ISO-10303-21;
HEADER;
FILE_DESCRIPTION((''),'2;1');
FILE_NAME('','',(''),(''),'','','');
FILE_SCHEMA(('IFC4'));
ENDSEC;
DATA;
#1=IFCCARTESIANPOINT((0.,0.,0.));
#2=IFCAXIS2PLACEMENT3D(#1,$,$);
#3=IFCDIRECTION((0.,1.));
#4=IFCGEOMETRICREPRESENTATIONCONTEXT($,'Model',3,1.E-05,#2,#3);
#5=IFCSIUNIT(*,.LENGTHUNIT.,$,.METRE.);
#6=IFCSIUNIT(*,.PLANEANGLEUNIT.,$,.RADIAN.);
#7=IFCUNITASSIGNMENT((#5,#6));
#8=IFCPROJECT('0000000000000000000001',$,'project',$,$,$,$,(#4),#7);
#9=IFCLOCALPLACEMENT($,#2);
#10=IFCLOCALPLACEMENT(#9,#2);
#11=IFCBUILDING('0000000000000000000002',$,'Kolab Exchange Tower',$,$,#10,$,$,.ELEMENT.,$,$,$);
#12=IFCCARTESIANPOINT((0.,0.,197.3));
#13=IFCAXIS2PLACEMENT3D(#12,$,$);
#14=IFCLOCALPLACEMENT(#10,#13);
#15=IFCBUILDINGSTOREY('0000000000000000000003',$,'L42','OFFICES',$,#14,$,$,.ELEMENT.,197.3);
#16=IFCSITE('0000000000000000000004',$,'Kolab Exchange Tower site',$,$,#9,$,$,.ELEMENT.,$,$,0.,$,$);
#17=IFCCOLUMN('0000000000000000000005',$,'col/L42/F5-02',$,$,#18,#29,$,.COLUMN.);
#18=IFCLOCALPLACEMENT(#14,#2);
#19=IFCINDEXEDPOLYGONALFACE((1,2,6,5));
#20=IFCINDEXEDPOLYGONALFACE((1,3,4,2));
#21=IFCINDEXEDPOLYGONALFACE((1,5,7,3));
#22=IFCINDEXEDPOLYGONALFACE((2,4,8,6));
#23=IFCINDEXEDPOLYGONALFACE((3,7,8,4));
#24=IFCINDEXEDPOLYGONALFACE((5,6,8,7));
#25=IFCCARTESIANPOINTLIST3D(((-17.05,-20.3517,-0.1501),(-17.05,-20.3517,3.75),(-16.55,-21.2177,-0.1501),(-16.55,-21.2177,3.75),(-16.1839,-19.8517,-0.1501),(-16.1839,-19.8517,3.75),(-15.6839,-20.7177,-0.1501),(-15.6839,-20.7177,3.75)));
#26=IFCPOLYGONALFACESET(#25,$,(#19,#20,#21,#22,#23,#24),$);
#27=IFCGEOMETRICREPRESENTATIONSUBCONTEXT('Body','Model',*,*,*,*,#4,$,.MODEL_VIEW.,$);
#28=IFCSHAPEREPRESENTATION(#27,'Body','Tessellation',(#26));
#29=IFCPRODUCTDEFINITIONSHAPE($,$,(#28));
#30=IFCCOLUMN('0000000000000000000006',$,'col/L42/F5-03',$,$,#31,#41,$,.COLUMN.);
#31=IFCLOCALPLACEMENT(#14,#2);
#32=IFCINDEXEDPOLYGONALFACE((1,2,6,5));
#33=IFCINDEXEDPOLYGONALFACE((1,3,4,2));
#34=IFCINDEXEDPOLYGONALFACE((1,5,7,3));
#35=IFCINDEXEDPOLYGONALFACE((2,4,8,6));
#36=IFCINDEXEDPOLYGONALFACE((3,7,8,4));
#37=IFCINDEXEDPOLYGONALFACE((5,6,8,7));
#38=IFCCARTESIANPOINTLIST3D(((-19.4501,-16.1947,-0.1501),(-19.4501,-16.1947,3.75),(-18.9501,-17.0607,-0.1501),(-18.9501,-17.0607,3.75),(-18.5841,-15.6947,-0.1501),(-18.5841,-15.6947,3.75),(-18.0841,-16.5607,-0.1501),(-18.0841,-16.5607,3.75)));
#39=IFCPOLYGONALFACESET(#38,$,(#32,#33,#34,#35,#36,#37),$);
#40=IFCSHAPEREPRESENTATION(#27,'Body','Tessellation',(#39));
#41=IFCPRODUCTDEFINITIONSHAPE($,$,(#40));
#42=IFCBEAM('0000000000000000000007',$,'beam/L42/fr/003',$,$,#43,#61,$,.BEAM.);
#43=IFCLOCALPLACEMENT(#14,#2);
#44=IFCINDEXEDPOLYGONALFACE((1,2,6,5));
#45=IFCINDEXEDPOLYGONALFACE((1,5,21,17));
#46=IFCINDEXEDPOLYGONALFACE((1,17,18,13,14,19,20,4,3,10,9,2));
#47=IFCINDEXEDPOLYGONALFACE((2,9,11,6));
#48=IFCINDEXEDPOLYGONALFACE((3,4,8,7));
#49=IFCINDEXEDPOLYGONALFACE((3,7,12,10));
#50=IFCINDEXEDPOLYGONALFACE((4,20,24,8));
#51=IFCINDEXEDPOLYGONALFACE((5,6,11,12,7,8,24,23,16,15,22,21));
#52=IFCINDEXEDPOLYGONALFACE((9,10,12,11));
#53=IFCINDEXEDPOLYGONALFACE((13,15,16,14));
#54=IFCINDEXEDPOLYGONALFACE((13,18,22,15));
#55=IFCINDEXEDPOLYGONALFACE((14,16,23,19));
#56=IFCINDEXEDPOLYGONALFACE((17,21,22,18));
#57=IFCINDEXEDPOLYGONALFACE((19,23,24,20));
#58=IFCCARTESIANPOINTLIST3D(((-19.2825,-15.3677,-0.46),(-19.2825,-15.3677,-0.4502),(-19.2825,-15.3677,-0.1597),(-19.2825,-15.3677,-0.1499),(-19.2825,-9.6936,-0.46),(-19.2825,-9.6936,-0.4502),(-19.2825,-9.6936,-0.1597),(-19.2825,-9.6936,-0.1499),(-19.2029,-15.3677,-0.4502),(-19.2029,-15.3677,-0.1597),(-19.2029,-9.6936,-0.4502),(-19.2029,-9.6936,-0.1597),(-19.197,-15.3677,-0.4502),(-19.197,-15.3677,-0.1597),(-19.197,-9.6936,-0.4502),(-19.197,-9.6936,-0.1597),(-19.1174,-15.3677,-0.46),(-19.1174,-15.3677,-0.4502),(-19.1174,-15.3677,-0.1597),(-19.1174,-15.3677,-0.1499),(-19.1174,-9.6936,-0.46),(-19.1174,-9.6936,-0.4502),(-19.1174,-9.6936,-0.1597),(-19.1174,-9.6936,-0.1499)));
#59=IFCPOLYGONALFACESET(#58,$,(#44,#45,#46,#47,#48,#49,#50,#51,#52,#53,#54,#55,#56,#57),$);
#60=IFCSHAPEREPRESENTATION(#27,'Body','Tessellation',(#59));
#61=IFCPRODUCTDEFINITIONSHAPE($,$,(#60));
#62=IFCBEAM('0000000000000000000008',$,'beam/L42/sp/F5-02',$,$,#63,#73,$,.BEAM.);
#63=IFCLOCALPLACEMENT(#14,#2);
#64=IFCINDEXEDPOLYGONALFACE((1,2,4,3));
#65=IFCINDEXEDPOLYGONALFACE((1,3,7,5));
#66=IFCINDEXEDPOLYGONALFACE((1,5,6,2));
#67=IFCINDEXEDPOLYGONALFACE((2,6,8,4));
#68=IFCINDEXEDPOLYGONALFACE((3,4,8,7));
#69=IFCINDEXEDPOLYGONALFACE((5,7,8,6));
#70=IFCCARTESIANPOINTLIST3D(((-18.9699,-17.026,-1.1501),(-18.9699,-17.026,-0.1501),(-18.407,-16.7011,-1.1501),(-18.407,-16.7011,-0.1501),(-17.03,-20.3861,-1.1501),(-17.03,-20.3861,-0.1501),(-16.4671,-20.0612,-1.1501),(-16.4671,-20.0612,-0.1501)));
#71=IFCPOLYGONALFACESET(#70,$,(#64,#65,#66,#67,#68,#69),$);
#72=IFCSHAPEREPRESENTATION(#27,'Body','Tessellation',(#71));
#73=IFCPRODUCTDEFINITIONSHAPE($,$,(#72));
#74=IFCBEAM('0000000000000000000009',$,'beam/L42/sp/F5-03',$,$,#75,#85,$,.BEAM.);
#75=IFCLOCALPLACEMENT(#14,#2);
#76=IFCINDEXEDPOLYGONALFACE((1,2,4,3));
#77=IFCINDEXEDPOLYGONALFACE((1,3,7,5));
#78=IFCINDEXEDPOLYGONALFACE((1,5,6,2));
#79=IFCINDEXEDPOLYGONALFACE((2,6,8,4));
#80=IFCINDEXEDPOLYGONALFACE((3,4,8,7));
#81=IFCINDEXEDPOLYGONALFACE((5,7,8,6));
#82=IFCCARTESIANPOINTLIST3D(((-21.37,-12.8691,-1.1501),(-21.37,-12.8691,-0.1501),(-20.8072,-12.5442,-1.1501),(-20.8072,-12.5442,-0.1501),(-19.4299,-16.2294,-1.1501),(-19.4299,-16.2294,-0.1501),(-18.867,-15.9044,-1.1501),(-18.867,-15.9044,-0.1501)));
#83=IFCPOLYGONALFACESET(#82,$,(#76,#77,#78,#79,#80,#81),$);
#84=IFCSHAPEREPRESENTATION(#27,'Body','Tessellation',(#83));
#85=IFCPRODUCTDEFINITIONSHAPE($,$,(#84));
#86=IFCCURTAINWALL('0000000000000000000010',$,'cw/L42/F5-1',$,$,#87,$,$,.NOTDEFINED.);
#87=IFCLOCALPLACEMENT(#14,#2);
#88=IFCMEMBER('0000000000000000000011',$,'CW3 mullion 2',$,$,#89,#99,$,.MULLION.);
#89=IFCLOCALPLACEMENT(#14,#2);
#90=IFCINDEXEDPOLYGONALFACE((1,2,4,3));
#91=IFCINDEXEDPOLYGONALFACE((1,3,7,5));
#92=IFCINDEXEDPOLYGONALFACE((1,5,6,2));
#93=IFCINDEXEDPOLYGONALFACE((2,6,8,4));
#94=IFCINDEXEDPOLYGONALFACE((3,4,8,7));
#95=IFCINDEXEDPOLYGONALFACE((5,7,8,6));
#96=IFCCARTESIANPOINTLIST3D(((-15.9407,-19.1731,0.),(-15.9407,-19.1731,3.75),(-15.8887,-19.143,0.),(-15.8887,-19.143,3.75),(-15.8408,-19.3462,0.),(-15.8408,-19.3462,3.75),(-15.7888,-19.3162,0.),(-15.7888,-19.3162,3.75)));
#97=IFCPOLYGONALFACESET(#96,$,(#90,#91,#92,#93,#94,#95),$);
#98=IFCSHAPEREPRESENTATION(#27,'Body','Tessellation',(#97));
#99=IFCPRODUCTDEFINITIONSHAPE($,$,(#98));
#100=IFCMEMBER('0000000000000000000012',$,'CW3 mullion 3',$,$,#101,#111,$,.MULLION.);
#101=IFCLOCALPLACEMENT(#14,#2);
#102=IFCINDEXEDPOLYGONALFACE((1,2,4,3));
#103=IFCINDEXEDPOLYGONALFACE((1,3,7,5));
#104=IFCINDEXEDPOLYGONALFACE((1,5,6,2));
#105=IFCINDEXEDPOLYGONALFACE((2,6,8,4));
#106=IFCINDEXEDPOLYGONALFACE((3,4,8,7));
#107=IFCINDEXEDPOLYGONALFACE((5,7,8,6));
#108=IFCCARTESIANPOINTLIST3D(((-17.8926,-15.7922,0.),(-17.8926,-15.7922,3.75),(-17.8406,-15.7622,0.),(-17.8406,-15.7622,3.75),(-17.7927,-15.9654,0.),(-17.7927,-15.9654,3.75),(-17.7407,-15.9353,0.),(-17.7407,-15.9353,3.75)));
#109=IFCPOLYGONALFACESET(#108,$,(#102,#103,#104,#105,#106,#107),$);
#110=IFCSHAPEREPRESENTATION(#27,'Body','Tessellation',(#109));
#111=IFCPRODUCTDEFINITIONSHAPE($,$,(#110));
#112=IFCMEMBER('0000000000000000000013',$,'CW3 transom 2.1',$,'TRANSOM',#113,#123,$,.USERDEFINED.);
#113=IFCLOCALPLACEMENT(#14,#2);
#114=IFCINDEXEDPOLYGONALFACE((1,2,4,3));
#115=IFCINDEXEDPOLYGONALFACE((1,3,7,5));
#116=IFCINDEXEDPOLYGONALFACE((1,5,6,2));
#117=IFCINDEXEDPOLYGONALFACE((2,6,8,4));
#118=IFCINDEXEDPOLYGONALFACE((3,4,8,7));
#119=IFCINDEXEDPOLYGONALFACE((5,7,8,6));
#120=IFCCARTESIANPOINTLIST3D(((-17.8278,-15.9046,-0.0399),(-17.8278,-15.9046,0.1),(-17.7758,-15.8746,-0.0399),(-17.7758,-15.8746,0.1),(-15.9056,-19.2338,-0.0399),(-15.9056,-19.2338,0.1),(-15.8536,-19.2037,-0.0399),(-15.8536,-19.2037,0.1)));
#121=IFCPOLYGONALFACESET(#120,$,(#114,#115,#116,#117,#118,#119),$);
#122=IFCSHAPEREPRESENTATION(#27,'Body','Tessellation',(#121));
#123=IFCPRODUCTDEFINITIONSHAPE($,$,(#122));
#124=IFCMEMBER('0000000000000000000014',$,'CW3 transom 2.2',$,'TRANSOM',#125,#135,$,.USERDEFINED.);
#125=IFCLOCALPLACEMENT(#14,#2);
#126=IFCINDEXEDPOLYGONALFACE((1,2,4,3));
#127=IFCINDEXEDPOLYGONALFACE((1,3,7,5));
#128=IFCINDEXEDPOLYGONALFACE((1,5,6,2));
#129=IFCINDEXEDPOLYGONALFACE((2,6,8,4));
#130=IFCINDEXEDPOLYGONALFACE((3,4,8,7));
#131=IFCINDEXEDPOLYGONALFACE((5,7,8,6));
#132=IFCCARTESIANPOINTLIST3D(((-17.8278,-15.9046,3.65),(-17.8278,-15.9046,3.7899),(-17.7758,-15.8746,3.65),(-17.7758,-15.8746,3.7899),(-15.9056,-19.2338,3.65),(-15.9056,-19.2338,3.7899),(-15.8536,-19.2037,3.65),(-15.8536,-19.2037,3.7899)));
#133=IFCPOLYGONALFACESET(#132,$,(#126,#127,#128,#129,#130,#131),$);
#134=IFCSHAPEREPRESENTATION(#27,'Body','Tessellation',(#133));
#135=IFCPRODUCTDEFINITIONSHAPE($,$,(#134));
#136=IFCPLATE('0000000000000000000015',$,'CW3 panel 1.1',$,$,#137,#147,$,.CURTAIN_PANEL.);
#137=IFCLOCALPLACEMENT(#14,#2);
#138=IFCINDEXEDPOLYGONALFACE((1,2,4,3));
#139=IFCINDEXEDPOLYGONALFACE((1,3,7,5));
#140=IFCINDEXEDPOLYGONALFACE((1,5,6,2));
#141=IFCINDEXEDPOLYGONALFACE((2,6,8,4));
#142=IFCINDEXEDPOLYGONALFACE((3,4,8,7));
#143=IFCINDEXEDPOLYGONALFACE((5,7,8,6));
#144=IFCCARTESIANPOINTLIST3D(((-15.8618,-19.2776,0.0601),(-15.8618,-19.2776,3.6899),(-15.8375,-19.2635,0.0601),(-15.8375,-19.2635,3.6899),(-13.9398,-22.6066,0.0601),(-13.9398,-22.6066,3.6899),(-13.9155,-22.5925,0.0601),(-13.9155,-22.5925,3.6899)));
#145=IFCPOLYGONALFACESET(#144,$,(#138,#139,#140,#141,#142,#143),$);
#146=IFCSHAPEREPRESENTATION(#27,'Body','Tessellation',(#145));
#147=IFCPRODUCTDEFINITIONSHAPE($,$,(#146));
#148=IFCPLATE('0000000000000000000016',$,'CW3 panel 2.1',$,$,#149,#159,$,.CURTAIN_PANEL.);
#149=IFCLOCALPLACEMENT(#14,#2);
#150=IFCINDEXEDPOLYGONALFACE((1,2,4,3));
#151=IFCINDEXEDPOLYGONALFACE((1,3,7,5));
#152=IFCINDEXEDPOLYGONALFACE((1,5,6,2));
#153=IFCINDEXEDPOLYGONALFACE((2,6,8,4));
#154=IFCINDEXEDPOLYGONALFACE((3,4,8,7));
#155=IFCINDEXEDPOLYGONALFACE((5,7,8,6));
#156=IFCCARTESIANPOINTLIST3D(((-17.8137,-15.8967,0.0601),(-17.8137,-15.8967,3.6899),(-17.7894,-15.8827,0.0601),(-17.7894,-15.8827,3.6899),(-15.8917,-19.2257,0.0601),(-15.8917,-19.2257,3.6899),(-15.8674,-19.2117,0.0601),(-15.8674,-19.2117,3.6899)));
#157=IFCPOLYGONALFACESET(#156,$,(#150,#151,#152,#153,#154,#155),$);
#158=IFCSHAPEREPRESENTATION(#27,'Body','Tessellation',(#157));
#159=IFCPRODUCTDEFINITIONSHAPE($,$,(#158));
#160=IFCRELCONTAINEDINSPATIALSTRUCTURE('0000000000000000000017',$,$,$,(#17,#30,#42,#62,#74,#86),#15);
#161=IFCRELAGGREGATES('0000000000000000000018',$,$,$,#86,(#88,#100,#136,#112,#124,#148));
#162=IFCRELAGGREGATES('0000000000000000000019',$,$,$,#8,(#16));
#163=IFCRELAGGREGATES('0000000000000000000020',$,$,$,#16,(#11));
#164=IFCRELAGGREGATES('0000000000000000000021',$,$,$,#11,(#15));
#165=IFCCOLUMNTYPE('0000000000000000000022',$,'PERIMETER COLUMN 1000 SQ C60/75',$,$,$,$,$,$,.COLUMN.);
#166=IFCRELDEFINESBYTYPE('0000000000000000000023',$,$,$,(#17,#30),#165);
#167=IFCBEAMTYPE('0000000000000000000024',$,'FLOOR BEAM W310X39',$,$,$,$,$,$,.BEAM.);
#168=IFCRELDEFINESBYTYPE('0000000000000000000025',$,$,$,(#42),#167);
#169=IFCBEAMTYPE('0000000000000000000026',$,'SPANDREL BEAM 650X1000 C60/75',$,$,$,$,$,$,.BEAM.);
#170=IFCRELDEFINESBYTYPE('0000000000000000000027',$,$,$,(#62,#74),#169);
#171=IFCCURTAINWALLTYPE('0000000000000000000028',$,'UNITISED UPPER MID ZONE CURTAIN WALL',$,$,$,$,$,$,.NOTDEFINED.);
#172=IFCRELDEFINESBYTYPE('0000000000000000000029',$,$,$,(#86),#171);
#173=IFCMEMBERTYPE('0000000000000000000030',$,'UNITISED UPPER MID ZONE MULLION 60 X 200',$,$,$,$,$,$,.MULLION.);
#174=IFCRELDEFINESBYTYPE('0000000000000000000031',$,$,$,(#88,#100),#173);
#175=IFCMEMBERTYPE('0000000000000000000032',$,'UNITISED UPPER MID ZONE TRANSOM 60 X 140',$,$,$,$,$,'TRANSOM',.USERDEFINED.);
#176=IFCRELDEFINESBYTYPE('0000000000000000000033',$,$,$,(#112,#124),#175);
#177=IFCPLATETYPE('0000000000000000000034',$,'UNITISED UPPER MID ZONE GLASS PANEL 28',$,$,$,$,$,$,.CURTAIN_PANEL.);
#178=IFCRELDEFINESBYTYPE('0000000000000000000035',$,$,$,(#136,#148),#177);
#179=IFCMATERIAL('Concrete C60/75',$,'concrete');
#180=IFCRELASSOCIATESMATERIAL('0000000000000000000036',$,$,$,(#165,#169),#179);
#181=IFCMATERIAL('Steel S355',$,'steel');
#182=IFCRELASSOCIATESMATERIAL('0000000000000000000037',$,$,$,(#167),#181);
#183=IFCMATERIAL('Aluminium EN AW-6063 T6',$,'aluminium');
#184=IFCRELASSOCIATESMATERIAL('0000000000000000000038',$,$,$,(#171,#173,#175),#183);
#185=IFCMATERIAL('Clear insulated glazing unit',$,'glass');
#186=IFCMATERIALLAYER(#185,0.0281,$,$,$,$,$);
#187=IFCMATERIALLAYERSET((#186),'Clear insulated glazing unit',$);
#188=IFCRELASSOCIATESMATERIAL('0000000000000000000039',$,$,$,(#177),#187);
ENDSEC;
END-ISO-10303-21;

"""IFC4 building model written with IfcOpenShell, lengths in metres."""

from ifc_helpers import new_model, si_unit, direction, frame, origin, origin_2d, place, context, subcontext, project, spatial, rectangle, i_section, extrude, material, layer, layer_set, material_profile, profile_set, type_object, element, aggregate, save


model = new_model("IFC4")

# Units and contexts
model_context = context("Model", 3, precision=1e-05, world=origin(), true_north=direction((0.0, 1.0)))
body_context = subcontext(model_context, "Body", "Model", "MODEL_VIEW")
ifc_project = project(units=[si_unit("LENGTHUNIT", "METRE"), si_unit("PLANEANGLEUNIT", "RADIAN")], contexts=[model_context])

# Site, building, storey
site_placement = place(None, origin())
site = spatial("IfcSite", under=ifc_project, at=site_placement, Name="Kolab Exchange Tower site", CompositionType="ELEMENT", RefElevation=0.0)
building_placement = place(site_placement, origin())
building = spatial("IfcBuilding", under=site, at=building_placement, Name="Kolab Exchange Tower", CompositionType="ELEMENT")
storey_placement = place(building_placement, frame((0.0, 0.0, 197.3)))
storey = spatial("IfcBuildingStorey", under=building, at=storey_placement, Name="L42", Description="OFFICES", CompositionType="ELEMENT", Elevation=197.3)

# Columns
ifc_material_1 = material(Name="Concrete C60/75", Category="concrete")
ifc_material_profile_1 = material_profile(ifc_material_1, rectangle(XDim=1.0, YDim=1.0, at=origin_2d()), Name="RC1000")
ifc_profile_set_1 = profile_set([ifc_material_profile_1], Name="Concrete C60/75")
column_type = type_object("IfcColumnType", Name="PERIMETER COLUMN 1000 SQ C60/75", PredefinedType="COLUMN", material=ifc_profile_set_1)
for number, where, z_axis, x_axis, name in (
    (1, (-16.3669, -20.5347, -0.1501), (0.0, 0.0, 1.0), (0.866025, 0.5, 0.0), "col/L42/F5-02"),
    (2, (-18.7671, -16.3777, -0.1501), (0.0, 0.0, 1.0), (0.866025, 0.5, 0.0), "col/L42/F5-03"),
):
    element("IfcColumn", number, at=place(storey_placement, frame(where, z_axis=z_axis, x_axis=x_axis)), inside=storey, type_object=column_type, Name=name, PredefinedType="COLUMN", context=body_context, shape_type="SweptSolid", body=[
        extrude(rectangle(XDim=1.0, YDim=1.0, at=origin_2d()), origin(), (0.0, 0.0, 1.0), 3.9001),
    ])

# Beams
ifc_material_2 = material(Name="Steel S355", Category="steel")
ifc_material_profile_2 = material_profile(ifc_material_2, i_section(OverallWidth=0.165, OverallDepth=0.3101, WebThickness=0.0059, FlangeThickness=0.0098, at=origin_2d()), Name="W310X39")
ifc_profile_set_2 = profile_set([ifc_material_profile_2], Name="Steel S355")
beam_type_1 = type_object("IfcBeamType", Name="FLOOR BEAM W310X39", PredefinedType="BEAM", material=ifc_profile_set_2)
beam_1_placement = place(storey_placement, frame((-19.2, -15.3677, -0.3049), z_axis=(0.0, 1.0, 0.0), x_axis=(-1.0, 0.0, 0.0)))
element("IfcBeam", 3, at=beam_1_placement, inside=storey, type_object=beam_type_1, Name="beam/L42/fr/003", PredefinedType="BEAM", context=body_context, shape_type="SweptSolid", body=[
    extrude(i_section(OverallWidth=0.165, OverallDepth=0.3101, WebThickness=0.0059, FlangeThickness=0.0098, at=origin_2d()), origin(), (0.0, 0.0, 1.0), 5.6741),
])
ifc_material_profile_3 = material_profile(ifc_material_1, rectangle(XDim=0.6499, YDim=1.0, at=origin_2d()), Name="RC650X1000")
ifc_profile_set_3 = profile_set([ifc_material_profile_3], Name="Concrete C60/75")
beam_type_2 = type_object("IfcBeamType", Name="SPANDREL BEAM 650X1000 C60/75", PredefinedType="BEAM", material=ifc_profile_set_3)
beam_2_placement = place(storey_placement, frame((-16.7485, -20.2236, -0.6501), z_axis=(-0.499997, 0.866027, 0.0), x_axis=(-0.866027, -0.499997, 0.0)))
element("IfcBeam", 4, at=beam_2_placement, inside=storey, type_object=beam_type_2, Name="beam/L42/sp/F5-02", PredefinedType="BEAM", context=body_context, shape_type="SweptSolid", body=[
    extrude(rectangle(XDim=0.6499, YDim=1.0, at=origin_2d()), origin(), (0.0, 0.0, 1.0), 3.8799),
])
beam_3_placement = place(storey_placement, frame((-19.1484, -16.0669, -0.6501), z_axis=(-0.500017, 0.866016, 0.0), x_axis=(-0.866016, -0.500017, 0.0)))
element("IfcBeam", 5, at=beam_3_placement, inside=storey, type_object=beam_type_2, Name="beam/L42/sp/F5-03", PredefinedType="BEAM", context=body_context, shape_type="SweptSolid", body=[
    extrude(rectangle(XDim=0.6499, YDim=1.0, at=origin_2d()), origin(), (0.0, 0.0, 1.0), 3.8801),
])

# Curtain wall, members, plates
ifc_material_3 = material(Name="Aluminium EN AW-6063 T6", Category="aluminium")
curtain_wall_type = type_object("IfcCurtainWallType", Name="UNITISED UPPER MID ZONE CURTAIN WALL", PredefinedType="NOTDEFINED", material=ifc_material_3)
curtain_wall_placement = place(storey_placement, origin())
curtain_wall = element("IfcCurtainWall", 6, at=curtain_wall_placement, inside=storey, type_object=curtain_wall_type, Name="cw/L42/F5-1", PredefinedType="NOTDEFINED")
ifc_material_profile_4 = material_profile(ifc_material_3, rectangle(XDim=0.0601, YDim=0.2, at=origin_2d()), Name="RECT 60X200")
ifc_profile_set_4 = profile_set([ifc_material_profile_4], Name="Aluminium EN AW-6063 T6")
member_type_1 = type_object("IfcMemberType", Name="UNITISED UPPER MID ZONE MULLION 60 X 200", PredefinedType="MULLION", material=ifc_profile_set_4)
member_1_placement = place(storey_placement, frame((-15.8647, -19.2446, 0.0), z_axis=(0.0, 0.0, 1.0), x_axis=(-0.866025, -0.5, 0.0)))
member_1 = element("IfcMember", 7, at=member_1_placement, type_object=member_type_1, Name="CW3 mullion 2", PredefinedType="MULLION", context=body_context, shape_type="SweptSolid", body=[
    extrude(rectangle(XDim=0.0601, YDim=0.2, at=origin_2d()), origin(), (0.0, 0.0, 1.0), 3.75),
])
member_2_placement = place(storey_placement, frame((-17.8167, -15.8638, 0.0), z_axis=(0.0, 0.0, 1.0), x_axis=(-0.866025, -0.5, 0.0)))
member_2 = element("IfcMember", 8, at=member_2_placement, type_object=member_type_1, Name="CW3 mullion 3", PredefinedType="MULLION", context=body_context, shape_type="SweptSolid", body=[
    extrude(rectangle(XDim=0.0601, YDim=0.2, at=origin_2d()), origin(), (0.0, 0.0, 1.0), 3.75),
])
ifc_material_profile_5 = material_profile(ifc_material_3, rectangle(XDim=0.0601, YDim=0.1399, at=origin_2d()), Name="RECT 60X140")
ifc_profile_set_5 = profile_set([ifc_material_profile_5], Name="Aluminium EN AW-6063 T6")
member_type_2 = type_object("IfcMemberType", Name="UNITISED UPPER MID ZONE TRANSOM 60 X 140", ElementType="TRANSOM", PredefinedType="USERDEFINED", material=ifc_profile_set_5)
member_3_placement = place(storey_placement, frame((-15.8796, -19.2188, 0.03), z_axis=(-0.500012, 0.866018, 0.0), x_axis=(-0.866018, -0.500012, 0.0)))
member_3 = element("IfcMember", 9, at=member_3_placement, type_object=member_type_2, Name="CW3 transom 2.1", ObjectType="TRANSOM", PredefinedType="USERDEFINED", context=body_context, shape_type="SweptSolid", body=[
    extrude(rectangle(XDim=0.0601, YDim=0.1399, at=origin_2d()), origin(), (0.0, 0.0, 1.0), 3.8442),
])
member_4_placement = place(storey_placement, frame((-15.8796, -19.2188, 3.72), z_axis=(-0.500012, 0.866018, 0.0), x_axis=(-0.866018, -0.500012, 0.0)))
member_4 = element("IfcMember", 10, at=member_4_placement, type_object=member_type_2, Name="CW3 transom 2.2", ObjectType="TRANSOM", PredefinedType="USERDEFINED", context=body_context, shape_type="SweptSolid", body=[
    extrude(rectangle(XDim=0.0601, YDim=0.1399, at=origin_2d()), origin(), (0.0, 0.0, 1.0), 3.8442),
])
ifc_material_4 = material(Name="Clear insulated glazing unit", Category="glass")
ifc_layer_1 = layer(ifc_material_4, 0.0281)
ifc_layer_set_1 = layer_set([ifc_layer_1], Name="Clear insulated glazing unit")
plate_type = type_object("IfcPlateType", Name="UNITISED UPPER MID ZONE GLASS PANEL 28", PredefinedType="CURTAIN_PANEL", material=ifc_layer_set_1)
plate_1_placement = place(storey_placement, frame((-14.8887, -20.9351, 0.0601), z_axis=(0.0, 0.0, 1.0), x_axis=(-0.5, 0.866025, 0.0)))
plate_1 = element("IfcPlate", 11, at=plate_1_placement, type_object=plate_type, Name="CW3 panel 1.1", PredefinedType="CURTAIN_PANEL", context=body_context, shape_type="SweptSolid", body=[
    extrude(rectangle(XDim=3.844, YDim=0.0281, at=origin_2d()), origin(), (0.0, 0.0, 1.0), 3.6299),
])
plate_2_placement = place(storey_placement, frame((-16.8406, -17.5542, 0.0601), z_axis=(0.0, 0.0, 1.0), x_axis=(-0.5, 0.866025, 0.0)))
plate_2 = element("IfcPlate", 12, at=plate_2_placement, type_object=plate_type, Name="CW3 panel 2.1", PredefinedType="CURTAIN_PANEL", context=body_context, shape_type="SweptSolid", body=[
    extrude(rectangle(XDim=3.844, YDim=0.0281, at=origin_2d()), origin(), (0.0, 0.0, 1.0), 3.6299),
])
aggregate(curtain_wall, [member_1, member_2, plate_1, member_3, member_4, plate_2])

save(model, "model.ifc")
